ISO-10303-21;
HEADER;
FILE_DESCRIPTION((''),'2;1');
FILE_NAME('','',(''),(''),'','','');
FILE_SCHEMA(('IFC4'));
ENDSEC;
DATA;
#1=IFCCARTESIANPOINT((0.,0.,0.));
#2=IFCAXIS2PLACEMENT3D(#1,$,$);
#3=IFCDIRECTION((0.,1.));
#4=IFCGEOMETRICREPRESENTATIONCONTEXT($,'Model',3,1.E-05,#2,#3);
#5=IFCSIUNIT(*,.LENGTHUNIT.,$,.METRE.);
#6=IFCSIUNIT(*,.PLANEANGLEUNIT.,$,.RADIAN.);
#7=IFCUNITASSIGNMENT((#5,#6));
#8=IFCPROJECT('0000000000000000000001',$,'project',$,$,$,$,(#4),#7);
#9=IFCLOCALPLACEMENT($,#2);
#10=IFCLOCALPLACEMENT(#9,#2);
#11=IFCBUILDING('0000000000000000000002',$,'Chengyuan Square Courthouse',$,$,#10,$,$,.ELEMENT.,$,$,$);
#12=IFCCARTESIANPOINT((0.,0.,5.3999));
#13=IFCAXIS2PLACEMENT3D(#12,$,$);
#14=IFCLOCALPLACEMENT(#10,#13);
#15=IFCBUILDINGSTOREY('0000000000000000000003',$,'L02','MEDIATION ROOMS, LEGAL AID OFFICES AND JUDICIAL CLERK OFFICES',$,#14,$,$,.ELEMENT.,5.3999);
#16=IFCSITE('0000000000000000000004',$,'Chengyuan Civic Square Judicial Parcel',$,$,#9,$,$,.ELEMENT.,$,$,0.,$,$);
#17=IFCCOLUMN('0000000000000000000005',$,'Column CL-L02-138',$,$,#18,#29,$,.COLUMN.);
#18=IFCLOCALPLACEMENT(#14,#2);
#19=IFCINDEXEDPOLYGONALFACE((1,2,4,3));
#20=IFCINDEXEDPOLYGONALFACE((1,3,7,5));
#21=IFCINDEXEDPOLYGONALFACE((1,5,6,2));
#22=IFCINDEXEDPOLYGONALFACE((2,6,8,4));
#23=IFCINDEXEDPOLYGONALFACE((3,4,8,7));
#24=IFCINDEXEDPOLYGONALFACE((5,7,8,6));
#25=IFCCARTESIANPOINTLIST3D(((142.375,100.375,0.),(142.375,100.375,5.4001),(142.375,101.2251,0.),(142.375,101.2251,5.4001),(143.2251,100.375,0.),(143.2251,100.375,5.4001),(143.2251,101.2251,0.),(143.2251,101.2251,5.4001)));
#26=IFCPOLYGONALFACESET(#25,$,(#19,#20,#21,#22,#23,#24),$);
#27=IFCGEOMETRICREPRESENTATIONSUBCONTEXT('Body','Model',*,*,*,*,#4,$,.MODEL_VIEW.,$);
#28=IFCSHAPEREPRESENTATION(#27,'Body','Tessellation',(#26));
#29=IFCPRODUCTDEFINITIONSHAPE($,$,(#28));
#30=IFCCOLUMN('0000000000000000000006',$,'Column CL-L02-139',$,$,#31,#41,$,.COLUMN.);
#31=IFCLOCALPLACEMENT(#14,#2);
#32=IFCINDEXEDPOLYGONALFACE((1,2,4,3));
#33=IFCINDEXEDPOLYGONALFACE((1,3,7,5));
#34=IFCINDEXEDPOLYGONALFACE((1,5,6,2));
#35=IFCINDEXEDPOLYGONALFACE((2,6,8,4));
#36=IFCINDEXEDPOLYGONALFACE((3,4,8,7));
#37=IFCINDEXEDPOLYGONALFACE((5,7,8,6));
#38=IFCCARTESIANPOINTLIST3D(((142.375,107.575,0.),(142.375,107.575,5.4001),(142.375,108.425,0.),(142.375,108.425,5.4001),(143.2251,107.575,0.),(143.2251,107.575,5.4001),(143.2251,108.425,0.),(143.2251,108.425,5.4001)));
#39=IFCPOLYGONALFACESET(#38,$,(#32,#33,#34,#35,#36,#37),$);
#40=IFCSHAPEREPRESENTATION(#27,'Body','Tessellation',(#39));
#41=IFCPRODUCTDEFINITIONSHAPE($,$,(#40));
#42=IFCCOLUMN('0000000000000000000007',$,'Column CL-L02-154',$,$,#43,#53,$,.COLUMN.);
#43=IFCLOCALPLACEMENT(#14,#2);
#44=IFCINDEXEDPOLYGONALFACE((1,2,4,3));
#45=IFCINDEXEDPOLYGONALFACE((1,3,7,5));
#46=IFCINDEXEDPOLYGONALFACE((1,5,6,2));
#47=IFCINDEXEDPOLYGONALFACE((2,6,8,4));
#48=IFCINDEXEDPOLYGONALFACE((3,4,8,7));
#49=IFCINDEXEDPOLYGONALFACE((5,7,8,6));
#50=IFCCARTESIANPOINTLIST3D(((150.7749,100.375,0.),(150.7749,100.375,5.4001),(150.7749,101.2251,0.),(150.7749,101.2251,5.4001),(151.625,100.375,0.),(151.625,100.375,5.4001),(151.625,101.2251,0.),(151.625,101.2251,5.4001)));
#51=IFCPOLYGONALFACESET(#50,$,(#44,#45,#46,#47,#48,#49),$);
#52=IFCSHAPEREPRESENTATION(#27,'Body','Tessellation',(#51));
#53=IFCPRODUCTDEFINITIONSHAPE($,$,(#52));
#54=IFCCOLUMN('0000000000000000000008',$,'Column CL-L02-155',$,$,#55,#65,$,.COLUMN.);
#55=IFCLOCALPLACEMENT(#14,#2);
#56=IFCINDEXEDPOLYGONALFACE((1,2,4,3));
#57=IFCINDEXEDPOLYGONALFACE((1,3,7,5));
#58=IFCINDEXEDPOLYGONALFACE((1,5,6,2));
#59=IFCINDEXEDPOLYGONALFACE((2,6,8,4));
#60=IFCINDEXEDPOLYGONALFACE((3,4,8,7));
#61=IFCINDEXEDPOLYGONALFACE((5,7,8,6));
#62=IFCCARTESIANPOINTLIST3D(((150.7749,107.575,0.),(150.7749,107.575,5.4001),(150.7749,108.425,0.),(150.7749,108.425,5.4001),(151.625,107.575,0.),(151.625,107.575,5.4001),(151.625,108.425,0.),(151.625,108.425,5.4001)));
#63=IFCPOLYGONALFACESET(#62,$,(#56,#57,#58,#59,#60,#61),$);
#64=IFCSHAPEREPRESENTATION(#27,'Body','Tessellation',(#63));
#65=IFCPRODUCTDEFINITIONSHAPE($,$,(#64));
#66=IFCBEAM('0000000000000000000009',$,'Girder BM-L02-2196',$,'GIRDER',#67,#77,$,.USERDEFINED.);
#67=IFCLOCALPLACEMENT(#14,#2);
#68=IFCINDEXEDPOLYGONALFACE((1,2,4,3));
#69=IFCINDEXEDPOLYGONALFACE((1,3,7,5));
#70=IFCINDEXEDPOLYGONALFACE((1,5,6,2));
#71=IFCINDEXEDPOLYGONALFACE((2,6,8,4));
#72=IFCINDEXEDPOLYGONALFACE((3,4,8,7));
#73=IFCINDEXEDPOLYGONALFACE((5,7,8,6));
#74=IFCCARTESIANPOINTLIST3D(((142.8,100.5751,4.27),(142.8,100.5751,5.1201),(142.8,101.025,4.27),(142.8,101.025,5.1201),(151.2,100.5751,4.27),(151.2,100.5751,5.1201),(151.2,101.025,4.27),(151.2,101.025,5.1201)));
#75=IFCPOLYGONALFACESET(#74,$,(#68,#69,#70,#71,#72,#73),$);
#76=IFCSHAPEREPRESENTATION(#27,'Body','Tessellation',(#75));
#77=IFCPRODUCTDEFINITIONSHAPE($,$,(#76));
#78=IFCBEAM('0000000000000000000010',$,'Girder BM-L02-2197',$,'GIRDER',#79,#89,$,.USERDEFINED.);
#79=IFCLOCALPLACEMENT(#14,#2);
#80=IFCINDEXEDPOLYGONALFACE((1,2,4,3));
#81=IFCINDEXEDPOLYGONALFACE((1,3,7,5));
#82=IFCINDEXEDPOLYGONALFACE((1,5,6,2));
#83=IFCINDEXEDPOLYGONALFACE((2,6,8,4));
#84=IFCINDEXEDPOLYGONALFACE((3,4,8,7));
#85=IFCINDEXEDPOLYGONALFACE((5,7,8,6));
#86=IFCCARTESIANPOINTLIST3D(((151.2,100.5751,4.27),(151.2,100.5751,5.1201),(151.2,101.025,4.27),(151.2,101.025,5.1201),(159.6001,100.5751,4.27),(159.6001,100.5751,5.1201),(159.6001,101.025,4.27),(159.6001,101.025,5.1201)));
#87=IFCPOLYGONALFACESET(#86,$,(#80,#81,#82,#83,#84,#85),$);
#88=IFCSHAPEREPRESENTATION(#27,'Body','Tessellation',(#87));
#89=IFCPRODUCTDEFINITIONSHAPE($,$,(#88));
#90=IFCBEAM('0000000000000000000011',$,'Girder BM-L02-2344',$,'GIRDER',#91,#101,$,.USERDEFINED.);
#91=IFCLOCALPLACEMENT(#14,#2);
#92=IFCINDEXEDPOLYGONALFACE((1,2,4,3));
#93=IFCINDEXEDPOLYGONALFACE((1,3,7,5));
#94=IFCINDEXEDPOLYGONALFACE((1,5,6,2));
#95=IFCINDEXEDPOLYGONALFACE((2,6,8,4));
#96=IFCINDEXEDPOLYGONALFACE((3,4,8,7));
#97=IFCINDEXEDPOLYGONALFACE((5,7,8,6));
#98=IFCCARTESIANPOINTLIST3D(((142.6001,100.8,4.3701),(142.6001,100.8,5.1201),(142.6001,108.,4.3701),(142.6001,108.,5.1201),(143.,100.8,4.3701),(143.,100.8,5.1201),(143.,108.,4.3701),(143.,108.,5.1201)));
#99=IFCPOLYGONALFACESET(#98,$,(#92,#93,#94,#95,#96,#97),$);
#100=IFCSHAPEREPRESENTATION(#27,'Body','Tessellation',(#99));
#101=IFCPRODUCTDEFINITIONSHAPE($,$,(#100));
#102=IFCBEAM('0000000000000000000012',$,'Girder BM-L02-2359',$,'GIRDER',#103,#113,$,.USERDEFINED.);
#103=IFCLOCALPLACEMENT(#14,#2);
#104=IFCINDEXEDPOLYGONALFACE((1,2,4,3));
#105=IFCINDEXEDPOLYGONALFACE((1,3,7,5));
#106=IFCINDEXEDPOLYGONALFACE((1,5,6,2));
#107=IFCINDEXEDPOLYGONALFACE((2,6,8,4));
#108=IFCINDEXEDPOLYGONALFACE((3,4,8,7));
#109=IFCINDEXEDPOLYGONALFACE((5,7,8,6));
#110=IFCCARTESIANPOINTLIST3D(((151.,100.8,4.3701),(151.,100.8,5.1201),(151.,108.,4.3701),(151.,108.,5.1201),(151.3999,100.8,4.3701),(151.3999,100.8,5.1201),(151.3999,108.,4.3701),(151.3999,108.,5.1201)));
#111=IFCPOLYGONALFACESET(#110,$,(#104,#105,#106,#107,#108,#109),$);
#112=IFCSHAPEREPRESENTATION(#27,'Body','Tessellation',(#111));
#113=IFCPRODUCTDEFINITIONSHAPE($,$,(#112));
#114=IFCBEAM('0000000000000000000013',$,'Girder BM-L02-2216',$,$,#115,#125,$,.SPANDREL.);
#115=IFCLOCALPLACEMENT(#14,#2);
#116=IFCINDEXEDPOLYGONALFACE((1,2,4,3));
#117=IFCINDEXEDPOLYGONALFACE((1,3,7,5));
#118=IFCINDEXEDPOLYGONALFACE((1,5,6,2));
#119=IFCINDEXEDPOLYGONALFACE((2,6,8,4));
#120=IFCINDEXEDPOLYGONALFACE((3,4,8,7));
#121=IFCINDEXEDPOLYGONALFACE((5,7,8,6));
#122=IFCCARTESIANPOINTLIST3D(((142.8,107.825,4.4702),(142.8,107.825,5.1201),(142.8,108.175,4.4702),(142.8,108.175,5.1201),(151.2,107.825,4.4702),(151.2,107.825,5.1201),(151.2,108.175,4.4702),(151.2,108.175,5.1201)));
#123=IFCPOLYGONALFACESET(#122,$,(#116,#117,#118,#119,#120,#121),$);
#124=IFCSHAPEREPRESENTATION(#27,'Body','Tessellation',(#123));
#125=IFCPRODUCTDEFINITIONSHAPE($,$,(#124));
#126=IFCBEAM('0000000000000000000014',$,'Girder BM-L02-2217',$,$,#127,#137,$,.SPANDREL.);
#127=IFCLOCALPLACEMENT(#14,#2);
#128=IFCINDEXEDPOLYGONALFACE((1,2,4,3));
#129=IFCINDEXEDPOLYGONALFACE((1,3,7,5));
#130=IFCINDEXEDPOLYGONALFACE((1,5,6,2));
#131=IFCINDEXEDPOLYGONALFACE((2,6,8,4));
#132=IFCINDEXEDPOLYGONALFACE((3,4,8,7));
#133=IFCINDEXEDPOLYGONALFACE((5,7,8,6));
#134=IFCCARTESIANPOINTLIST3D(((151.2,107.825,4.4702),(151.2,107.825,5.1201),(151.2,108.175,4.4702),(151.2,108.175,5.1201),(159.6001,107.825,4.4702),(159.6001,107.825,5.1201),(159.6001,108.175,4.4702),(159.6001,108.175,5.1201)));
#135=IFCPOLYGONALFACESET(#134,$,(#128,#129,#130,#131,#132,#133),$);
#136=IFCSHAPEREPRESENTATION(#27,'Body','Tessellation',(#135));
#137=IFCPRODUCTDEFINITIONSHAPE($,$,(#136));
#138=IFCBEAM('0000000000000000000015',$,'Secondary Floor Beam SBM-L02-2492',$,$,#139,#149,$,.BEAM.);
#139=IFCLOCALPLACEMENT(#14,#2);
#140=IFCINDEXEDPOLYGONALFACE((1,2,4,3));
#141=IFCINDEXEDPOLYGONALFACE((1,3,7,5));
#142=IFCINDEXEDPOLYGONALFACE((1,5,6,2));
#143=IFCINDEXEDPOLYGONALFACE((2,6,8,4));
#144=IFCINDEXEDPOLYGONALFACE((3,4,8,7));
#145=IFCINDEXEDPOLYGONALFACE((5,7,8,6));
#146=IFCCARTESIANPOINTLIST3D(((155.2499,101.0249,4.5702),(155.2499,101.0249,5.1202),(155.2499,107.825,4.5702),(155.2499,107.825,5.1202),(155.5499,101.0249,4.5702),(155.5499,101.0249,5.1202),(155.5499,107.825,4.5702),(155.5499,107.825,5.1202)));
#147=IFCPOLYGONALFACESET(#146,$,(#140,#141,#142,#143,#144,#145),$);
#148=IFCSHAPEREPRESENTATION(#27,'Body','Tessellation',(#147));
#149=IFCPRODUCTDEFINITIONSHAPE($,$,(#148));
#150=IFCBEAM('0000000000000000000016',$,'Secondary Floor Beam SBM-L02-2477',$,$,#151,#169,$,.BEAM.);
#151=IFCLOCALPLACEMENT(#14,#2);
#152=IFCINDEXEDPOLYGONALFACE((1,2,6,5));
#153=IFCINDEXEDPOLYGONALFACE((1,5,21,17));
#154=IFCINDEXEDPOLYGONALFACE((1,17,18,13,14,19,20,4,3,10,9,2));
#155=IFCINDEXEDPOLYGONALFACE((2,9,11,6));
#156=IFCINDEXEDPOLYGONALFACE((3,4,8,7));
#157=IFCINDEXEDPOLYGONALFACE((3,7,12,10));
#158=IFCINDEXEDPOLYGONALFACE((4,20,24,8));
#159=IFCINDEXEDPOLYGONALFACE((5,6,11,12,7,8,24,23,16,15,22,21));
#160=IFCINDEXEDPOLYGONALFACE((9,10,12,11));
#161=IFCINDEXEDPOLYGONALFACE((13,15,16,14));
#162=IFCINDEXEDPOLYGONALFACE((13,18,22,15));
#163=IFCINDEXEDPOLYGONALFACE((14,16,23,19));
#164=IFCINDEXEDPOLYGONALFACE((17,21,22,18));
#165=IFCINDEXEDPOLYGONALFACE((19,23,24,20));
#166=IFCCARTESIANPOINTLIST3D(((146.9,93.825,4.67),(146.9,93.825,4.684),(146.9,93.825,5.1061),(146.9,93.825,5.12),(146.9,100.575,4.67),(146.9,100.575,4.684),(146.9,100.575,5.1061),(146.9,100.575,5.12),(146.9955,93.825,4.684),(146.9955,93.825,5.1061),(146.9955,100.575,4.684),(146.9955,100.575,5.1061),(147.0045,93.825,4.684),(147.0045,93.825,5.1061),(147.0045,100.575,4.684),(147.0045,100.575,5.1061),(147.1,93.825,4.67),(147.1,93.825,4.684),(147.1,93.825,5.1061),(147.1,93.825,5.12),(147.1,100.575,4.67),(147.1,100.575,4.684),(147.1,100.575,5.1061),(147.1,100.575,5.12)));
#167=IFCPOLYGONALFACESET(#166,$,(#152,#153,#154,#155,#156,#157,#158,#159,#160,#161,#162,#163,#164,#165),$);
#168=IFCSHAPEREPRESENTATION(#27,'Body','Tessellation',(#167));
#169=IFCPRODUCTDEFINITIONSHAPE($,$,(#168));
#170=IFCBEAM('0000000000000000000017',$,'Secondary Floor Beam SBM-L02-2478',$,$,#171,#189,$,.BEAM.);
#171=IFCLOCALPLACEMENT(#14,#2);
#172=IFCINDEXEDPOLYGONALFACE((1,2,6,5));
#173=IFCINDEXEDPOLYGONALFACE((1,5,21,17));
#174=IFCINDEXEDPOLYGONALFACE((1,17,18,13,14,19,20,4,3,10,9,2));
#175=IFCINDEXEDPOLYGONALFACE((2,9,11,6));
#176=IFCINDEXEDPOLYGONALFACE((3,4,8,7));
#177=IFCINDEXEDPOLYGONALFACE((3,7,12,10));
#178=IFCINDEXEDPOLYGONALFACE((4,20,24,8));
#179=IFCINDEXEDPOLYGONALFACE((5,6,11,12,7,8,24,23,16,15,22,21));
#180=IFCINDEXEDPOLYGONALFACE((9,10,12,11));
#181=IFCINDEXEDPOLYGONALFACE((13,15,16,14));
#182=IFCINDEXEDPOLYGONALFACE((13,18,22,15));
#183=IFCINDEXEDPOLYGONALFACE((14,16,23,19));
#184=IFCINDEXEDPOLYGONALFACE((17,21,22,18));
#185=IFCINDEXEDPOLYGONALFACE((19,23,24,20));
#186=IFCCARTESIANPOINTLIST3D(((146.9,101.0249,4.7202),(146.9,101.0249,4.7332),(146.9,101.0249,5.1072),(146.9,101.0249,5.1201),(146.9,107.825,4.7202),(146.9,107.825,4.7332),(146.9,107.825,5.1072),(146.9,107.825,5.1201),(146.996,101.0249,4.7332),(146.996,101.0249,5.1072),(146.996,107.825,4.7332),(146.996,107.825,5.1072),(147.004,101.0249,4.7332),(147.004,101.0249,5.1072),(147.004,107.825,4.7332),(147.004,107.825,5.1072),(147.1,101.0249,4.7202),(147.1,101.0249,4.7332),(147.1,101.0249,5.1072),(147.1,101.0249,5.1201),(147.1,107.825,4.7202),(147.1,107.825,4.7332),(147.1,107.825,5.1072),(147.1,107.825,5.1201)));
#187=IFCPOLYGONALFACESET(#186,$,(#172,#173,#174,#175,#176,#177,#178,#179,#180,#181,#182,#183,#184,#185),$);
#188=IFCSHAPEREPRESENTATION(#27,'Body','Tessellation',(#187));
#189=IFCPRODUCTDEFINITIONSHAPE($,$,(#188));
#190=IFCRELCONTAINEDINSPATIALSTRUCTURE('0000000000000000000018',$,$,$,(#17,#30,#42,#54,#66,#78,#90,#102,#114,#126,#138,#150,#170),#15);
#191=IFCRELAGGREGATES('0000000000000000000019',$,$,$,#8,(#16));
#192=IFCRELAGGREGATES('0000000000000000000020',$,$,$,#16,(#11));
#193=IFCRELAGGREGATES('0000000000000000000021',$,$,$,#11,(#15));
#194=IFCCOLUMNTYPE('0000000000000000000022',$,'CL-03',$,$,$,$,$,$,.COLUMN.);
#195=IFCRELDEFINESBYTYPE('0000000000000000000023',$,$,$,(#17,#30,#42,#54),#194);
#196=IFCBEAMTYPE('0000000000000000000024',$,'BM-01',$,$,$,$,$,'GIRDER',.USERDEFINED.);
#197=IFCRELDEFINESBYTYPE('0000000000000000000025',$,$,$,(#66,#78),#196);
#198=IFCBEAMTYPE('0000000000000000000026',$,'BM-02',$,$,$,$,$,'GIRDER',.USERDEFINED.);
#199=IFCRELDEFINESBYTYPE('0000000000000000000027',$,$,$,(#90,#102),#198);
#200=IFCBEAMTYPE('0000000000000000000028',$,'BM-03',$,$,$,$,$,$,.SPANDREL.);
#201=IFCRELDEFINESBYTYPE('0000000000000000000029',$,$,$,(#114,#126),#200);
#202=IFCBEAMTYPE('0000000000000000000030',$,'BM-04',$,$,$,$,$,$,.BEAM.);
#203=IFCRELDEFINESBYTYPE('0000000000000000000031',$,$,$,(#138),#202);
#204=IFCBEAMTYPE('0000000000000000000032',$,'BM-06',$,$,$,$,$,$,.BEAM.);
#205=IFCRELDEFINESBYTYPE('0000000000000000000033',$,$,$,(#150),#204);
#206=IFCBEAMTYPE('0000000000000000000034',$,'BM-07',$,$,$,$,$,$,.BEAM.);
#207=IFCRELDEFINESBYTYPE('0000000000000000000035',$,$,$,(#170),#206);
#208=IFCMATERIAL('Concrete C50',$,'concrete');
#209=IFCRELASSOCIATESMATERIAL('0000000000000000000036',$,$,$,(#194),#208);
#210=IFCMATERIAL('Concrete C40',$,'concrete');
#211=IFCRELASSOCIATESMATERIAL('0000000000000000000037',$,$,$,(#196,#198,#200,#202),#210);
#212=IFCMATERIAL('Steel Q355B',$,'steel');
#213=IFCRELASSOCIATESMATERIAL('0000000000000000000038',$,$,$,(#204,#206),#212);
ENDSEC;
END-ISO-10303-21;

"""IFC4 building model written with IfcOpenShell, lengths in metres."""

from ifc_helpers import new_model, si_unit, direction, frame, origin, origin_2d, place, context, subcontext, project, spatial, rectangle, i_section, extrude, material, material_profile, profile_set, type_object, element, save


model = new_model("IFC4")

# Units and contexts
model_context = context("Model", 3, precision=1e-05, world=origin(), true_north=direction((0.0, 1.0)))
body_context = subcontext(model_context, "Body", "Model", "MODEL_VIEW")
ifc_project = project(units=[si_unit("LENGTHUNIT", "METRE"), si_unit("PLANEANGLEUNIT", "RADIAN")], contexts=[model_context])

# Site, building, storey
site_placement = place(None, origin())
site = spatial("IfcSite", under=ifc_project, at=site_placement, Name="Chengyuan Civic Square Judicial Parcel", CompositionType="ELEMENT", RefElevation=0.0)
building_placement = place(site_placement, origin())
building = spatial("IfcBuilding", under=site, at=building_placement, Name="Chengyuan Square Courthouse", CompositionType="ELEMENT")
storey_placement = place(building_placement, frame((0.0, 0.0, 5.3999)))
storey = spatial("IfcBuildingStorey", under=building, at=storey_placement, Name="L02", Description="MEDIATION ROOMS, LEGAL AID OFFICES AND JUDICIAL CLERK OFFICES", CompositionType="ELEMENT", Elevation=5.3999)

# Columns
ifc_material_1 = material(Name="Concrete C50", Category="concrete")
ifc_material_profile_1 = material_profile(ifc_material_1, rectangle(XDim=0.8501, YDim=0.8501, at=origin_2d()), Name="RC-COL-850x850")
ifc_profile_set_1 = profile_set([ifc_material_profile_1], Name="Concrete C50")
column_type = type_object("IfcColumnType", Name="CL-03", PredefinedType="COLUMN", material=ifc_profile_set_1)
for number, where, z_axis, x_axis, name in (
    (1, (142.8, 100.8, 0.0), (0.0, 0.0, 1.0), (1.0, 0.0, 0.0), "Column CL-L02-138"),
    (2, (142.8, 108.0, 0.0), (0.0, 0.0, 1.0), (1.0, 0.0, 0.0), "Column CL-L02-139"),
    (3, (151.2, 100.8, 0.0), (0.0, 0.0, 1.0), (1.0, 0.0, 0.0), "Column CL-L02-154"),
    (4, (151.2, 108.0, 0.0), (0.0, 0.0, 1.0), (1.0, 0.0, 0.0), "Column CL-L02-155"),
):
    element("IfcColumn", number, at=place(storey_placement, frame(where, z_axis=z_axis, x_axis=x_axis)), inside=storey, type_object=column_type, Name=name, PredefinedType="COLUMN", context=body_context, shape_type="SweptSolid", body=[
        extrude(rectangle(XDim=0.8501, YDim=0.8501, at=origin_2d()), origin(), (0.0, 0.0, 1.0), 5.4001),
    ])

# Beams
ifc_material_2 = material(Name="Concrete C40", Category="concrete")
ifc_material_profile_2 = material_profile(ifc_material_2, rectangle(XDim=0.45, YDim=0.8501, at=origin_2d()), Name="RC-BM-450x850")
ifc_profile_set_2 = profile_set([ifc_material_profile_2], Name="Concrete C40")
beam_type_1 = type_object("IfcBeamType", Name="BM-01", ElementType="GIRDER", PredefinedType="USERDEFINED", material=ifc_profile_set_2)
beam_1_placement = place(storey_placement, frame((142.8, 100.8, 4.6951), z_axis=(1.0, 0.0, 0.0), x_axis=(0.0, 1.0, 0.0)))
element("IfcBeam", 5, at=beam_1_placement, inside=storey, type_object=beam_type_1, Name="Girder BM-L02-2196", ObjectType="GIRDER", PredefinedType="USERDEFINED", context=body_context, shape_type="SweptSolid", body=[
    extrude(rectangle(XDim=0.45, YDim=0.8501, at=origin_2d()), origin(), (0.0, 0.0, 1.0), 8.3999),
])
beam_2_placement = place(storey_placement, frame((151.2, 100.8, 4.6951), z_axis=(1.0, 0.0, 0.0), x_axis=(0.0, 1.0, 0.0)))
element("IfcBeam", 6, at=beam_2_placement, inside=storey, type_object=beam_type_1, Name="Girder BM-L02-2197", ObjectType="GIRDER", PredefinedType="USERDEFINED", context=body_context, shape_type="SweptSolid", body=[
    extrude(rectangle(XDim=0.45, YDim=0.8501, at=origin_2d()), origin(), (0.0, 0.0, 1.0), 8.4001),
])
ifc_material_profile_3 = material_profile(ifc_material_2, rectangle(XDim=0.3999, YDim=0.75, at=origin_2d()), Name="RC-BM-400x750")
ifc_profile_set_3 = profile_set([ifc_material_profile_3], Name="Concrete C40")
beam_type_2 = type_object("IfcBeamType", Name="BM-02", ElementType="GIRDER", PredefinedType="USERDEFINED", material=ifc_profile_set_3)
for number, where, z_axis, x_axis, name in (
    (7, (142.8, 100.8, 4.7451), (0.0, 1.0, 0.0), (-1.0, 0.0, 0.0), "Girder BM-L02-2344"),
    (8, (151.2, 100.8, 4.7451), (0.0, 1.0, 0.0), (-1.0, 0.0, 0.0), "Girder BM-L02-2359"),
):
    element("IfcBeam", number, at=place(storey_placement, frame(where, z_axis=z_axis, x_axis=x_axis)), inside=storey, type_object=beam_type_2, Name=name, ObjectType="GIRDER", PredefinedType="USERDEFINED", context=body_context, shape_type="SweptSolid", body=[
        extrude(rectangle(XDim=0.3999, YDim=0.75, at=origin_2d()), origin(), (0.0, 0.0, 1.0), 7.2),
    ])
ifc_material_profile_4 = material_profile(ifc_material_2, rectangle(XDim=0.3501, YDim=0.6499, at=origin_2d()), Name="RC-BM-350x650")
ifc_profile_set_4 = profile_set([ifc_material_profile_4], Name="Concrete C40")
beam_type_3 = type_object("IfcBeamType", Name="BM-03", PredefinedType="SPANDREL", material=ifc_profile_set_4)
beam_3_placement = place(storey_placement, frame((142.8, 108.0, 4.7952), z_axis=(1.0, 0.0, 0.0), x_axis=(0.0, 1.0, 0.0)))
element("IfcBeam", 9, at=beam_3_placement, inside=storey, type_object=beam_type_3, Name="Girder BM-L02-2216", PredefinedType="SPANDREL", context=body_context, shape_type="SweptSolid", body=[
    extrude(rectangle(XDim=0.3501, YDim=0.6499, at=origin_2d()), origin(), (0.0, 0.0, 1.0), 8.3999),
])
beam_4_placement = place(storey_placement, frame((151.2, 108.0, 4.7952), z_axis=(1.0, 0.0, 0.0), x_axis=(0.0, 1.0, 0.0)))
element("IfcBeam", 10, at=beam_4_placement, inside=storey, type_object=beam_type_3, Name="Girder BM-L02-2217", PredefinedType="SPANDREL", context=body_context, shape_type="SweptSolid", body=[
    extrude(rectangle(XDim=0.3501, YDim=0.6499, at=origin_2d()), origin(), (0.0, 0.0, 1.0), 8.4001),
])
ifc_material_profile_5 = material_profile(ifc_material_2, rectangle(XDim=0.3, YDim=0.55, at=origin_2d()), Name="RC-BM-300x550")
ifc_profile_set_5 = profile_set([ifc_material_profile_5], Name="Concrete C40")
beam_type_4 = type_object("IfcBeamType", Name="BM-04", PredefinedType="BEAM", material=ifc_profile_set_5)
beam_5_placement = place(storey_placement, frame((155.3999, 101.0249, 4.8452), z_axis=(0.0, 1.0, 0.0), x_axis=(-1.0, 0.0, 0.0)))
element("IfcBeam", 11, at=beam_5_placement, inside=storey, type_object=beam_type_4, Name="Secondary Floor Beam SBM-L02-2492", PredefinedType="BEAM", context=body_context, shape_type="SweptSolid", body=[
    extrude(rectangle(XDim=0.3, YDim=0.55, at=origin_2d()), origin(), (0.0, 0.0, 1.0), 6.8),
])
ifc_material_3 = material(Name="Steel Q355B", Category="steel")
ifc_material_profile_6 = material_profile(ifc_material_3, i_section(OverallWidth=0.2, OverallDepth=0.45, WebThickness=0.009, FlangeThickness=0.0139, at=origin_2d()), Name="HN 450x200x9x14")
ifc_profile_set_6 = profile_set([ifc_material_profile_6], Name="Steel Q355B")
beam_type_5 = type_object("IfcBeamType", Name="BM-06", PredefinedType="BEAM", material=ifc_profile_set_6)
beam_6_placement = place(storey_placement, frame((147.0, 93.825, 4.895), z_axis=(0.0, 1.0, 0.0), x_axis=(-1.0, 0.0, 0.0)))
element("IfcBeam", 12, at=beam_6_placement, inside=storey, type_object=beam_type_5, Name="Secondary Floor Beam SBM-L02-2477", PredefinedType="BEAM", context=body_context, shape_type="SweptSolid", body=[
    extrude(i_section(OverallWidth=0.2, OverallDepth=0.45, WebThickness=0.009, FlangeThickness=0.0139, at=origin_2d()), origin(), (0.0, 0.0, 1.0), 6.75),
])
ifc_material_profile_7 = material_profile(ifc_material_3, i_section(OverallWidth=0.2, OverallDepth=0.3999, WebThickness=0.0081, FlangeThickness=0.0129, at=origin_2d()), Name="HN 400x200x8x13")
ifc_profile_set_7 = profile_set([ifc_material_profile_7], Name="Steel Q355B")
beam_type_6 = type_object("IfcBeamType", Name="BM-07", PredefinedType="BEAM", material=ifc_profile_set_7)
beam_7_placement = place(storey_placement, frame((147.0, 101.0249, 4.9202), z_axis=(0.0, 1.0, 0.0), x_axis=(-1.0, 0.0, 0.0)))
element("IfcBeam", 13, at=beam_7_placement, inside=storey, type_object=beam_type_6, Name="Secondary Floor Beam SBM-L02-2478", PredefinedType="BEAM", context=body_context, shape_type="SweptSolid", body=[
    extrude(i_section(OverallWidth=0.2, OverallDepth=0.3999, WebThickness=0.0081, FlangeThickness=0.0129, at=origin_2d()), origin(), (0.0, 0.0, 1.0), 6.8),
])

save(model, "model.ifc")
